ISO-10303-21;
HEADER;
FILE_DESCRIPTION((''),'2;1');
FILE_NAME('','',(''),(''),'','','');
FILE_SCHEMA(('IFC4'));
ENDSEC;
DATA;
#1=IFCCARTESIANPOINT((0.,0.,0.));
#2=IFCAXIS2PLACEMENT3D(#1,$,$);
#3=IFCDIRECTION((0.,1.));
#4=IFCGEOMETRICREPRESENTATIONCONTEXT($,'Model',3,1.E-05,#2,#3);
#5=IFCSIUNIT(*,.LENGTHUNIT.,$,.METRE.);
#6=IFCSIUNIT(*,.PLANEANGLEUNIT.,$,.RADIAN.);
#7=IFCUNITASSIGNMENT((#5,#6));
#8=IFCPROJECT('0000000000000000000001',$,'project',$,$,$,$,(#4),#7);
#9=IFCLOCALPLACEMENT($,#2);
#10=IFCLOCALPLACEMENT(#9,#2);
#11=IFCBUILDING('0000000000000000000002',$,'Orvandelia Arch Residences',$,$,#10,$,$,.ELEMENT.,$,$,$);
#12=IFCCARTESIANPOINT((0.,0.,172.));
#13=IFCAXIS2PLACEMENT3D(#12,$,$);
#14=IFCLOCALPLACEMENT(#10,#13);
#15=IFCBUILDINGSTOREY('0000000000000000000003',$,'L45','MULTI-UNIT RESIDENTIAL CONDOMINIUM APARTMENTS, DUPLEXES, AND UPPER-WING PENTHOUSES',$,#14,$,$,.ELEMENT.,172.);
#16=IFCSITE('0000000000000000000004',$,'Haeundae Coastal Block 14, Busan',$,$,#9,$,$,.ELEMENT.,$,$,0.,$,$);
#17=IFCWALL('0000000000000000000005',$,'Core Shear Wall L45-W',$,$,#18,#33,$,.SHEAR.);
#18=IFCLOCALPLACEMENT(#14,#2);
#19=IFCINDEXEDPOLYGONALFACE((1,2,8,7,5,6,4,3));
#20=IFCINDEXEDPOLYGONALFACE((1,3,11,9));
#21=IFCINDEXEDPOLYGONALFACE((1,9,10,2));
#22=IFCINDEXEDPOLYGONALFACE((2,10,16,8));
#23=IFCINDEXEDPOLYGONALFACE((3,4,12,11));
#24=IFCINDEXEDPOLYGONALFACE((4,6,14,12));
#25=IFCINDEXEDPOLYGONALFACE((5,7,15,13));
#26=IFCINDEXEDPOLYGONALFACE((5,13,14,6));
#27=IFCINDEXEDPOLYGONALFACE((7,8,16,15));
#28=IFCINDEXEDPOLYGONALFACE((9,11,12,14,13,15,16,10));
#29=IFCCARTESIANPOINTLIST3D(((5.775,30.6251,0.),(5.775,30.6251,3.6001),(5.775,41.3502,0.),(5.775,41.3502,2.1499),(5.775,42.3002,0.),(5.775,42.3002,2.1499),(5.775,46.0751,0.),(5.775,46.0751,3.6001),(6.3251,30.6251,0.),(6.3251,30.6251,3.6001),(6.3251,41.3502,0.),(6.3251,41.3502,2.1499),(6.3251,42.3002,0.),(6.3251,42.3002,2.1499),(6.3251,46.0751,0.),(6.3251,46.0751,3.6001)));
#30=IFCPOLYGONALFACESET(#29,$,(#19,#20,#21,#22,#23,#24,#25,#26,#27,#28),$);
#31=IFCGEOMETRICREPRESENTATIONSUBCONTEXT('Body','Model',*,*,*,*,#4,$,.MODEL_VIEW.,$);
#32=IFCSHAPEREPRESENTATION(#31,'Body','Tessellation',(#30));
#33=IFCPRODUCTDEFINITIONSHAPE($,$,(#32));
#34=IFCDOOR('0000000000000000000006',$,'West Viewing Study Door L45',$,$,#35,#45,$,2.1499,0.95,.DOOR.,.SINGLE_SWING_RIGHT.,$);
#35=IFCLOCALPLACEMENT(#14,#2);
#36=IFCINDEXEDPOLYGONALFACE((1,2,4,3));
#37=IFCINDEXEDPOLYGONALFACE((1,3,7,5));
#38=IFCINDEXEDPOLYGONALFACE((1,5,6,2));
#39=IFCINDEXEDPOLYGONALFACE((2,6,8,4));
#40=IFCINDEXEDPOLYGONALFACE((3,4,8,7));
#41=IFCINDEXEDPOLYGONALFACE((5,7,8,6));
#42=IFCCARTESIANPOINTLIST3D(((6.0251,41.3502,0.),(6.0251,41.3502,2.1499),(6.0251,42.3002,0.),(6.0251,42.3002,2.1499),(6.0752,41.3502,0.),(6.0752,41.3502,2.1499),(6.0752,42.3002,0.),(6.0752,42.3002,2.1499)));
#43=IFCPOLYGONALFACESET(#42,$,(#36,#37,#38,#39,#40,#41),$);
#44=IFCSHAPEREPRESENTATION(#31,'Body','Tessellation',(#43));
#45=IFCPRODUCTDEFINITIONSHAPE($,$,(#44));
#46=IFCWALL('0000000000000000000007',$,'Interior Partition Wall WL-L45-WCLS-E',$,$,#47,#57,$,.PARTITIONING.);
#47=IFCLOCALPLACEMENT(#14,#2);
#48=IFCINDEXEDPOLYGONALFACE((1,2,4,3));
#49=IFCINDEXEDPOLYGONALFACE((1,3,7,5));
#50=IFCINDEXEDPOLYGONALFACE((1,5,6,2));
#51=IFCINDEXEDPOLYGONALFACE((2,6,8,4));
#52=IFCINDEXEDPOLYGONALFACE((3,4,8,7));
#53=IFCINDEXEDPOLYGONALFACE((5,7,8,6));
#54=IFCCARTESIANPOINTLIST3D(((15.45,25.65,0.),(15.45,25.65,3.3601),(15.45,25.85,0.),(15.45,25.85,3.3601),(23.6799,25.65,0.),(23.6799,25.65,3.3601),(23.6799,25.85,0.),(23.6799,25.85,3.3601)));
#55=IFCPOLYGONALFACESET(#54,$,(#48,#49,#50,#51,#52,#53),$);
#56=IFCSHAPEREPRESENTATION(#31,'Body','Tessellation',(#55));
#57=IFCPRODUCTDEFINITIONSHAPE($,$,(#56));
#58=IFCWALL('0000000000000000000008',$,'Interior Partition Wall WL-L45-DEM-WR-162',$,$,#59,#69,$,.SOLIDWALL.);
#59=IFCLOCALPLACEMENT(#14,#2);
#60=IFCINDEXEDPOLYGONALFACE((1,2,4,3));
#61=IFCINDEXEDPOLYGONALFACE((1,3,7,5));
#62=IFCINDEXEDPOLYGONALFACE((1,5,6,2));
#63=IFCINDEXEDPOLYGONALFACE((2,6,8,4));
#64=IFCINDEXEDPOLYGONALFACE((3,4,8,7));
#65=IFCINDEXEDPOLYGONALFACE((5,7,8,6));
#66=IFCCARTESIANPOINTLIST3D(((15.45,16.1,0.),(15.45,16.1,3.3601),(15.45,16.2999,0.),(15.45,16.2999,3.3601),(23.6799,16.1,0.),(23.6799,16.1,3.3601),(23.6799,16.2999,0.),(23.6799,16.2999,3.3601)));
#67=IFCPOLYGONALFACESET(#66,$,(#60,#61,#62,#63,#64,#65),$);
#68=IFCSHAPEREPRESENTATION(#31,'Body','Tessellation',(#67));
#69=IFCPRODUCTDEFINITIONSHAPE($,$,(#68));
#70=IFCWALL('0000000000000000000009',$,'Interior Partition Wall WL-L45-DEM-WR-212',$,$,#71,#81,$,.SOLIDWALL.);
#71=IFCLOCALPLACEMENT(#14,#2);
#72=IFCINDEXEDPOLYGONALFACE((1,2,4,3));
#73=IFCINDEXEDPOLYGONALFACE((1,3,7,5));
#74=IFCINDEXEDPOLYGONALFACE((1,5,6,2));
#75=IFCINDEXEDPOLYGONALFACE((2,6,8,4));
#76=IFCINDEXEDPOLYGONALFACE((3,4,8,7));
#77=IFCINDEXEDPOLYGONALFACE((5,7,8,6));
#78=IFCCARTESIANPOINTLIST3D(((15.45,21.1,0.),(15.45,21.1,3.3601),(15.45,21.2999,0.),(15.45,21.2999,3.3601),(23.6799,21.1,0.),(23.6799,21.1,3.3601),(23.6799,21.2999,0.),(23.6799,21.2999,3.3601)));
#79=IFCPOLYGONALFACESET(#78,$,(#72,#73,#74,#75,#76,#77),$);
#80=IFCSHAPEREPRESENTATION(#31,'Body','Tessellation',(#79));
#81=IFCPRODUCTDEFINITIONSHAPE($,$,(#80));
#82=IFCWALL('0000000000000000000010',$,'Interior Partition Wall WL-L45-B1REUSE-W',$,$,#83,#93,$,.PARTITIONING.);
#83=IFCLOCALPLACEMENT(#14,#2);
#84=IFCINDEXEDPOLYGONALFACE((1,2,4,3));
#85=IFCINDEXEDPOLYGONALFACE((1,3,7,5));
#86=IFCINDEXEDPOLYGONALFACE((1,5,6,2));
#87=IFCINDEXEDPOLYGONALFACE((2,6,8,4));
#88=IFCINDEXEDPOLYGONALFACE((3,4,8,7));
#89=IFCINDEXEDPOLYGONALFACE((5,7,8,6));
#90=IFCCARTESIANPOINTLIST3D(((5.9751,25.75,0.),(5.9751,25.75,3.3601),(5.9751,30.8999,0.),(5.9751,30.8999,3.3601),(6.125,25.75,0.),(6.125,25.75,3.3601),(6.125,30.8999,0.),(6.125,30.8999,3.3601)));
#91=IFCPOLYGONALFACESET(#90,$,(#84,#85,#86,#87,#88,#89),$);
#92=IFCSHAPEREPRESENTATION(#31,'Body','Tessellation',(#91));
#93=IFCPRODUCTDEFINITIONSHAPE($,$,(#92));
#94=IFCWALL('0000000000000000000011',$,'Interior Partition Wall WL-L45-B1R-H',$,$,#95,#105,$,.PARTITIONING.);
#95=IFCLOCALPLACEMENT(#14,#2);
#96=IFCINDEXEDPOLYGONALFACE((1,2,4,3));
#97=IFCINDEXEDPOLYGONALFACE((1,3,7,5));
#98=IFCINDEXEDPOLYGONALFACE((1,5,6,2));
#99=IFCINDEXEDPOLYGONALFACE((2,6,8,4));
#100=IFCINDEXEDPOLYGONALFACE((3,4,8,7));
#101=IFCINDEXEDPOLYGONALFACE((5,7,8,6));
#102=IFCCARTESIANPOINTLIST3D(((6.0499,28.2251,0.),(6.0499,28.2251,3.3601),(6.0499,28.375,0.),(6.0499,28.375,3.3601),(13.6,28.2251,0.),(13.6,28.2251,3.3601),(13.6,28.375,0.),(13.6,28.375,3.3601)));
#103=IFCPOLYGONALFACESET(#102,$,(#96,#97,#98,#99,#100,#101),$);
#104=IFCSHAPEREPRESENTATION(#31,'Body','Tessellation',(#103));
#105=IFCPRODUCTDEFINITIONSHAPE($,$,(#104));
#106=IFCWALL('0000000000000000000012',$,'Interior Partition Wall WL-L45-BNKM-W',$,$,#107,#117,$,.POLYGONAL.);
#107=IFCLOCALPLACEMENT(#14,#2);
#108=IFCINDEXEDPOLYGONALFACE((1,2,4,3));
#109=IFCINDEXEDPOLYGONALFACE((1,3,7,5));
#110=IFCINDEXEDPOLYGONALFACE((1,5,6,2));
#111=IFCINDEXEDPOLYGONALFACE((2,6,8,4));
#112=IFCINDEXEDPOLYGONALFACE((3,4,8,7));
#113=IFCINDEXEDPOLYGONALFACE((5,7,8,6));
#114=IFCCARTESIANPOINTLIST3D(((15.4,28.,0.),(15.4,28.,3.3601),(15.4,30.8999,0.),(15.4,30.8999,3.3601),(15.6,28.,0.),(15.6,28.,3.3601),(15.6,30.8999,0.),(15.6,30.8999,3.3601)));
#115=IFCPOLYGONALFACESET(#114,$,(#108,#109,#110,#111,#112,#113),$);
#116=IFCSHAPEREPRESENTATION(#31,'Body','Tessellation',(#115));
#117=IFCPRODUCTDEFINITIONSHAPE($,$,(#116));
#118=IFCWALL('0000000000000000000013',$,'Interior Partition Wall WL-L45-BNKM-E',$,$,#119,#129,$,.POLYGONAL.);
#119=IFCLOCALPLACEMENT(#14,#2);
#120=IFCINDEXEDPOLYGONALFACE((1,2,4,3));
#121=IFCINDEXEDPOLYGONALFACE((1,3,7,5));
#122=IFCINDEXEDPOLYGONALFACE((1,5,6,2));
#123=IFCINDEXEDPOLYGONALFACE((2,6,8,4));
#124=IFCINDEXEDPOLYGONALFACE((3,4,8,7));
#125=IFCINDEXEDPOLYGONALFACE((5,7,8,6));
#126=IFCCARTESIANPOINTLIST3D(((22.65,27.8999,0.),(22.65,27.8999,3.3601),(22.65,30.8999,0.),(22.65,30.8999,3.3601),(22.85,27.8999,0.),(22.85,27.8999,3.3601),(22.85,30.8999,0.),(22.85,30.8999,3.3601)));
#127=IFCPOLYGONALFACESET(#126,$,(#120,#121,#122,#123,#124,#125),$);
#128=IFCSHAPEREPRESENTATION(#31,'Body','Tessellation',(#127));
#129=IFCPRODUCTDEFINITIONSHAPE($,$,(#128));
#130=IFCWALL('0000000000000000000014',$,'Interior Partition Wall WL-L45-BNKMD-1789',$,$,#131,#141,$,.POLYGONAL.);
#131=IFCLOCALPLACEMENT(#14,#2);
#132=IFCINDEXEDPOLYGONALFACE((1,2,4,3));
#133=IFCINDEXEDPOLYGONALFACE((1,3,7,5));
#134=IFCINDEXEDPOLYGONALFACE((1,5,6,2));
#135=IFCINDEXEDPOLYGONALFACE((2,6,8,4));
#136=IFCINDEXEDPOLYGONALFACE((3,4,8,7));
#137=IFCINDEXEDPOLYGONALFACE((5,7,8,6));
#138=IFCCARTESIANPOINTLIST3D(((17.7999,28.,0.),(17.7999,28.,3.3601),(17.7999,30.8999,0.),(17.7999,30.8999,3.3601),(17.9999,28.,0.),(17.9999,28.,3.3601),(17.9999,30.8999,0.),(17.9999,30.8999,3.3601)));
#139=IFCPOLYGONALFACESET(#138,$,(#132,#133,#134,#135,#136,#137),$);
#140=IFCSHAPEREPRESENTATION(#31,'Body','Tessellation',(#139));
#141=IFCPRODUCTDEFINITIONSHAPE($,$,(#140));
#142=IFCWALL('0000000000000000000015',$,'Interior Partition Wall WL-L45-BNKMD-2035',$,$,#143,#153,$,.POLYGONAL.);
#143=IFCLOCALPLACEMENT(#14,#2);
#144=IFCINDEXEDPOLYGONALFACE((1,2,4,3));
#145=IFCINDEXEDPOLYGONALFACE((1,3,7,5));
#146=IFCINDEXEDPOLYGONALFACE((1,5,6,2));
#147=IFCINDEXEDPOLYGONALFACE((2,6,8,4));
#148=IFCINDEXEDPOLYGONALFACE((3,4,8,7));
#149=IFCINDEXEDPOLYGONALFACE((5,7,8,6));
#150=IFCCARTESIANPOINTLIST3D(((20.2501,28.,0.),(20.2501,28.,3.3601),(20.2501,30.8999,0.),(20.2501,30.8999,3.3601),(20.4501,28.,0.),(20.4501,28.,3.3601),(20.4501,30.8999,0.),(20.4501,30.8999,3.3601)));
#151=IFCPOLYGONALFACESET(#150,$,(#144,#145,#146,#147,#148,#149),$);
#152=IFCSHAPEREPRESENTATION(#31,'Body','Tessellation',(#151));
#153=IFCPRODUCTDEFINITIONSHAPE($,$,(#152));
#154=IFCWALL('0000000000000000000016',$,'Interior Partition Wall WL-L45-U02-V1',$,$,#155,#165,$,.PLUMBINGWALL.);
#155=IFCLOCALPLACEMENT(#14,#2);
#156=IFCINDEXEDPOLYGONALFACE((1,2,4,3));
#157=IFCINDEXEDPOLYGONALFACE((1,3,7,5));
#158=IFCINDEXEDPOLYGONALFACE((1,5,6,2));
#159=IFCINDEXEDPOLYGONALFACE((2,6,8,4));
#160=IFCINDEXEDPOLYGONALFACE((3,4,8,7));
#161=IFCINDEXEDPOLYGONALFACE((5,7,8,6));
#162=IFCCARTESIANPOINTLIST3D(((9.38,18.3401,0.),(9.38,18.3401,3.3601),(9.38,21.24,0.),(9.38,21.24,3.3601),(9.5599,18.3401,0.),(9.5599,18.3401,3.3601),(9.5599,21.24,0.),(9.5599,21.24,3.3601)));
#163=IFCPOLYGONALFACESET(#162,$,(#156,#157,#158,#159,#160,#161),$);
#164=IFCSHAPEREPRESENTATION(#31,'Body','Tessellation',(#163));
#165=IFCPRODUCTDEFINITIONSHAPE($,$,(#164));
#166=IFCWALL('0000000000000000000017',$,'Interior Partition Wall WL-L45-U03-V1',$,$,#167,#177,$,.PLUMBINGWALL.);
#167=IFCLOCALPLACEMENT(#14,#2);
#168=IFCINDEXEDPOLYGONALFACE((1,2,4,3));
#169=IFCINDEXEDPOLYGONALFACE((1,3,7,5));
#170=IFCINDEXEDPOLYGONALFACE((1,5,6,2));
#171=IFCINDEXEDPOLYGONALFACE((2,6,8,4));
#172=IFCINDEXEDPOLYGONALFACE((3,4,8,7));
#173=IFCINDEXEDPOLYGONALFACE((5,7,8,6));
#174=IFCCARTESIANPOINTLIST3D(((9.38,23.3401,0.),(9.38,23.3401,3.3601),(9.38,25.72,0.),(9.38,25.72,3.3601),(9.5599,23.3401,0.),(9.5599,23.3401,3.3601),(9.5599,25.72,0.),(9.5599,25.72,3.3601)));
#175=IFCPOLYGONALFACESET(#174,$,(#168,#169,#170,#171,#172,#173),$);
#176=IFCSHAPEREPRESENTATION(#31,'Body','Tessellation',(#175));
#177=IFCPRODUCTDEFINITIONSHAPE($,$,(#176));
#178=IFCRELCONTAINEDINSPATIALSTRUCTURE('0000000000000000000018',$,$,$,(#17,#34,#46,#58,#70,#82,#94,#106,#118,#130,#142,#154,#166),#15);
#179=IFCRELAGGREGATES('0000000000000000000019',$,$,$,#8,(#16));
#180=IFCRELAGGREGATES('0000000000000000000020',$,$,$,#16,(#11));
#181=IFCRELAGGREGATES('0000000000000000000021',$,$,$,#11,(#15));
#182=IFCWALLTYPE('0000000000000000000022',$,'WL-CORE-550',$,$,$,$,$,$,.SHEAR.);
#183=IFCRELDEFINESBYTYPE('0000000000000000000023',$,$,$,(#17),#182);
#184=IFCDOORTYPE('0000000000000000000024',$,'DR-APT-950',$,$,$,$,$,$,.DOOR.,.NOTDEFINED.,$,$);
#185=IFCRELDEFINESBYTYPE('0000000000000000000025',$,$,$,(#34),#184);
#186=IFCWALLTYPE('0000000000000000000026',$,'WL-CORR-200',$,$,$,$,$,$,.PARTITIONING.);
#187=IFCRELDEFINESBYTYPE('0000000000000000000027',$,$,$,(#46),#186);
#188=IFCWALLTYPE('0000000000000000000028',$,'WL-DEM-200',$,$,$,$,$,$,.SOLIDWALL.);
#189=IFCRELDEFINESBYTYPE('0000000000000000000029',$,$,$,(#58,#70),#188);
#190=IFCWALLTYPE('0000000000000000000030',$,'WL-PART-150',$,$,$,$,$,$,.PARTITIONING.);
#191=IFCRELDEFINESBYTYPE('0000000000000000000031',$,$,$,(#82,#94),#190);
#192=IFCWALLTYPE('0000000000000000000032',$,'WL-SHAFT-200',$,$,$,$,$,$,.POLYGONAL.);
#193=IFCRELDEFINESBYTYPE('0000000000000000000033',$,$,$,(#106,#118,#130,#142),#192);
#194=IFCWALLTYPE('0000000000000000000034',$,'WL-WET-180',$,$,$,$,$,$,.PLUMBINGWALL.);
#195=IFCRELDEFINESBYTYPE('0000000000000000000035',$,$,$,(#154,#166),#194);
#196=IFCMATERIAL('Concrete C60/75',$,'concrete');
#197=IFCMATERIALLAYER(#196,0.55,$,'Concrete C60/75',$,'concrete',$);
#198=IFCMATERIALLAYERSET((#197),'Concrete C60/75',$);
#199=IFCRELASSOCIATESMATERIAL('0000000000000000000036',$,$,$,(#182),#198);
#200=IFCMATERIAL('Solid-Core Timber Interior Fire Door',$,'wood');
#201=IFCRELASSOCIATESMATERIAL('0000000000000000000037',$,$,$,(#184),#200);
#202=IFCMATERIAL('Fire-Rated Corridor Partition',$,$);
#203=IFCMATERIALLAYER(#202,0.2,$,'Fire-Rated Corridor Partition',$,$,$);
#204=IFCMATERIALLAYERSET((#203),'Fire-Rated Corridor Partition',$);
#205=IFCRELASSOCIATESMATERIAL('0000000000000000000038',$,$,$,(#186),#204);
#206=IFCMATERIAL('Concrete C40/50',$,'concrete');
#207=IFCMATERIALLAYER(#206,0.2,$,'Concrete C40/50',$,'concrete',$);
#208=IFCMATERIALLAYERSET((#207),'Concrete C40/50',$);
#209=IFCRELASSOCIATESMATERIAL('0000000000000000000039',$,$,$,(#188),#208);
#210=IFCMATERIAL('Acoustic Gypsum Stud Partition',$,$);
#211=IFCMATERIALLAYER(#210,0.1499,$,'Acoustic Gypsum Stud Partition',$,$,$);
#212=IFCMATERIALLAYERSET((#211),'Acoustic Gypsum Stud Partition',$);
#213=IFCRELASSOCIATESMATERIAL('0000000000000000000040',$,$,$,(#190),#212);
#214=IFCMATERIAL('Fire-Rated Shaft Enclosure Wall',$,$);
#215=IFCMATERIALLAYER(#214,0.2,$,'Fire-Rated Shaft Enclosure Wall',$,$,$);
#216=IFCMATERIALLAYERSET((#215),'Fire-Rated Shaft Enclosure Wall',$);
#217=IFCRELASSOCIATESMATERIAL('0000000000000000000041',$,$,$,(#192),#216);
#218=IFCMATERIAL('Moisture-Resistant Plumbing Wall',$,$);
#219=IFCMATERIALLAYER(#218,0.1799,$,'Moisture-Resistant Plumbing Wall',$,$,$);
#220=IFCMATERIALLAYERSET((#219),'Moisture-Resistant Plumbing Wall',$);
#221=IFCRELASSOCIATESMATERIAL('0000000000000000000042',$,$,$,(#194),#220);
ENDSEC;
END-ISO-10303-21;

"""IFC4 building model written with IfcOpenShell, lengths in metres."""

from ifc_helpers import new_model, si_unit, direction, frame, frame_2d, origin, place, context, subcontext, project, spatial, rectangle, extrude, material, layer, layer_set, type_object, element, fill, save


model = new_model("IFC4")

# Units and contexts
model_context = context("Model", 3, precision=1e-05, world=origin(), true_north=direction((0.0, 1.0)))
body_context = subcontext(model_context, "Body", "Model", "MODEL_VIEW")
ifc_project = project(units=[si_unit("LENGTHUNIT", "METRE"), si_unit("PLANEANGLEUNIT", "RADIAN")], contexts=[model_context])

# Site, building, storey
site_placement = place(None, origin())
site = spatial("IfcSite", under=ifc_project, at=site_placement, Name="Haeundae Coastal Block 14, Busan", CompositionType="ELEMENT", RefElevation=0.0)
building_placement = place(site_placement, origin())
building = spatial("IfcBuilding", under=site, at=building_placement, Name="Orvandelia Arch Residences", CompositionType="ELEMENT")
storey_placement = place(building_placement, frame((0.0, 0.0, 172.0)))
storey = spatial("IfcBuildingStorey", under=building, at=storey_placement, Name="L45", Description="MULTI-UNIT RESIDENTIAL CONDOMINIUM APARTMENTS, DUPLEXES, AND UPPER-WING PENTHOUSES", CompositionType="ELEMENT", Elevation=172.0)

# Wall, opening, door
ifc_material_1 = material(Name="Concrete C60/75", Category="concrete")
ifc_layer_1 = layer(ifc_material_1, 0.55, Name="Concrete C60/75", Category="concrete")
ifc_layer_set_1 = layer_set([ifc_layer_1], Name="Concrete C60/75")
wall_type_1 = type_object("IfcWallType", Name="WL-CORE-550", PredefinedType="SHEAR", material=ifc_layer_set_1)
wall_1_placement = place(storey_placement, frame((6.05, 30.625, 0.0), z_axis=(0.0, 0.0, 1.0), x_axis=(0.0, 1.0, 0.0)))
wall_1 = element("IfcWall", 1, at=wall_1_placement, inside=storey, type_object=wall_type_1, Name="Core Shear Wall L45-W", PredefinedType="SHEAR", context=body_context, shape_type="SweptSolid", body=[
    extrude(rectangle(XDim=15.45, YDim=0.55, at=frame_2d((7.7251, 0.0))), origin(), (0.0, 0.0, 1.0), 3.6001),
])
opening_1_placement = place(wall_1_placement, frame((10.7251, 0.0, 0.0)))
opening_1 = element("IfcOpeningElement", 2, at=opening_1_placement, cuts=wall_1, PredefinedType="OPENING", context=body_context, shape_type="SweptSolid", body=[
    extrude(rectangle(XDim=0.95, YDim=2.1499, at=frame_2d((0.4751, 1.075))), frame((0.0, 0.2852, 0.0), z_axis=(0.0, -1.0, 0.0), x_axis=(1.0, 0.0, 0.0)), (0.0, 0.0, 1.0), 0.5701),
])
ifc_material_2 = material(Name="Solid-Core Timber Interior Fire Door", Category="wood")
door_type_1 = type_object("IfcDoorType", Name="DR-APT-950", OperationType="NOTDEFINED", PredefinedType="DOOR", material=ifc_material_2)
door_1_placement = place(opening_1_placement, origin())
door_1 = element("IfcDoor", 3, at=door_1_placement, inside=storey, type_object=door_type_1, Name="West Viewing Study Door L45", OperationType="SINGLE_SWING_RIGHT", OverallHeight=2.1499, OverallWidth=0.95, PredefinedType="DOOR", context=body_context, shape_type="SweptSolid", body=[
    extrude(rectangle(XDim=0.95, YDim=2.1499, at=frame_2d((0.4751, 1.075))), frame((0.0, 0.0249, 0.0), z_axis=(0.0, -1.0, 0.0), x_axis=(1.0, 0.0, 0.0)), (0.0, 0.0, 1.0), 0.05),
])
fill(opening_1, door_1)

# Walls
ifc_material_3 = material(Name="Fire-Rated Corridor Partition")
ifc_layer_2 = layer(ifc_material_3, 0.2, Name="Fire-Rated Corridor Partition")
ifc_layer_set_2 = layer_set([ifc_layer_2], Name="Fire-Rated Corridor Partition")
wall_type_2 = type_object("IfcWallType", Name="WL-CORR-200", PredefinedType="PARTITIONING", material=ifc_layer_set_2)
wall_2_placement = place(storey_placement, frame((15.45, 25.75, 0.0), z_axis=(0.0, 0.0, 1.0), x_axis=(1.0, 0.0, 0.0)))
element("IfcWall", 4, at=wall_2_placement, inside=storey, type_object=wall_type_2, Name="Interior Partition Wall WL-L45-WCLS-E", PredefinedType="PARTITIONING", context=body_context, shape_type="SweptSolid", body=[
    extrude(rectangle(XDim=8.23, YDim=0.2, at=frame_2d((4.115, 0.0))), origin(), (0.0, 0.0, 1.0), 3.3601),
])
ifc_material_4 = material(Name="Concrete C40/50", Category="concrete")
ifc_layer_3 = layer(ifc_material_4, 0.2, Name="Concrete C40/50", Category="concrete")
ifc_layer_set_3 = layer_set([ifc_layer_3], Name="Concrete C40/50")
wall_type_3 = type_object("IfcWallType", Name="WL-DEM-200", PredefinedType="SOLIDWALL", material=ifc_layer_set_3)
for number, where, z_axis, x_axis, name in (
    (5, (15.45, 16.2, 0.0), (0.0, 0.0, 1.0), (1.0, 0.0, 0.0), "Interior Partition Wall WL-L45-DEM-WR-162"),
    (6, (15.45, 21.2, 0.0), (0.0, 0.0, 1.0), (1.0, 0.0, 0.0), "Interior Partition Wall WL-L45-DEM-WR-212"),
):
    element("IfcWall", number, at=place(storey_placement, frame(where, z_axis=z_axis, x_axis=x_axis)), inside=storey, type_object=wall_type_3, Name=name, PredefinedType="SOLIDWALL", context=body_context, shape_type="SweptSolid", body=[
        extrude(rectangle(XDim=8.23, YDim=0.2, at=frame_2d((4.115, 0.0))), origin(), (0.0, 0.0, 1.0), 3.3601),
    ])
ifc_material_5 = material(Name="Acoustic Gypsum Stud Partition")
ifc_layer_4 = layer(ifc_material_5, 0.1499, Name="Acoustic Gypsum Stud Partition")
ifc_layer_set_4 = layer_set([ifc_layer_4], Name="Acoustic Gypsum Stud Partition")
wall_type_4 = type_object("IfcWallType", Name="WL-PART-150", PredefinedType="PARTITIONING", material=ifc_layer_set_4)
wall_3_placement = place(storey_placement, frame((6.05, 25.75, 0.0), z_axis=(0.0, 0.0, 1.0), x_axis=(0.0, 1.0, 0.0)))
element("IfcWall", 7, at=wall_3_placement, inside=storey, type_object=wall_type_4, Name="Interior Partition Wall WL-L45-B1REUSE-W", PredefinedType="PARTITIONING", context=body_context, shape_type="SweptSolid", body=[
    extrude(rectangle(XDim=5.1499, YDim=0.1499, at=frame_2d((2.575, 0.0))), origin(), (0.0, 0.0, 1.0), 3.3601),
])
wall_4_placement = place(storey_placement, frame((6.05, 28.3, 0.0), z_axis=(0.0, 0.0, 1.0), x_axis=(1.0, 0.0, 0.0)))
element("IfcWall", 8, at=wall_4_placement, inside=storey, type_object=wall_type_4, Name="Interior Partition Wall WL-L45-B1R-H", PredefinedType="PARTITIONING", context=body_context, shape_type="SweptSolid", body=[
    extrude(rectangle(XDim=7.55, YDim=0.1499, at=frame_2d((3.7749, 0.0))), origin(), (0.0, 0.0, 1.0), 3.3601),
])

# Shared definitions
ifc_material_6 = material(Name="Fire-Rated Shaft Enclosure Wall")
ifc_layer_5 = layer(ifc_material_6, 0.2, Name="Fire-Rated Shaft Enclosure Wall")
ifc_layer_set_5 = layer_set([ifc_layer_5], Name="Fire-Rated Shaft Enclosure Wall")
wall_type_5 = type_object("IfcWallType", Name="WL-SHAFT-200", PredefinedType="POLYGONAL", material=ifc_layer_set_5)

# Walls
wall_5_placement = place(storey_placement, frame((15.5, 28.0, 0.0), z_axis=(0.0, 0.0, 1.0), x_axis=(0.0, 1.0, 0.0)))
element("IfcWall", 9, at=wall_5_placement, inside=storey, type_object=wall_type_5, Name="Interior Partition Wall WL-L45-BNKM-W", PredefinedType="POLYGONAL", context=body_context, shape_type="SweptSolid", body=[
    extrude(rectangle(XDim=2.8999, YDim=0.2, at=frame_2d((1.45, 0.0))), origin(), (0.0, 0.0, 1.0), 3.3601),
])
wall_6_placement = place(storey_placement, frame((22.75, 27.8999, 0.0), z_axis=(0.0, 0.0, 1.0), x_axis=(0.0, 1.0, 0.0)))
element("IfcWall", 10, at=wall_6_placement, inside=storey, type_object=wall_type_5, Name="Interior Partition Wall WL-L45-BNKM-E", PredefinedType="POLYGONAL", context=body_context, shape_type="SweptSolid", body=[
    extrude(rectangle(XDim=3.0, YDim=0.2, at=frame_2d((1.5, 0.0))), origin(), (0.0, 0.0, 1.0), 3.3601),
])
for number, where, z_axis, x_axis, name in (
    (11, (17.8999, 28.0, 0.0), (0.0, 0.0, 1.0), (0.0, 1.0, 0.0), "Interior Partition Wall WL-L45-BNKMD-1789"),
    (12, (20.3501, 28.0, 0.0), (0.0, 0.0, 1.0), (0.0, 1.0, 0.0), "Interior Partition Wall WL-L45-BNKMD-2035"),
):
    element("IfcWall", number, at=place(storey_placement, frame(where, z_axis=z_axis, x_axis=x_axis)), inside=storey, type_object=wall_type_5, Name=name, PredefinedType="POLYGONAL", context=body_context, shape_type="SweptSolid", body=[
        extrude(rectangle(XDim=2.8999, YDim=0.2, at=frame_2d((1.45, 0.0))), origin(), (0.0, 0.0, 1.0), 3.3601),
    ])
ifc_material_7 = material(Name="Moisture-Resistant Plumbing Wall")
ifc_layer_6 = layer(ifc_material_7, 0.1799, Name="Moisture-Resistant Plumbing Wall")
ifc_layer_set_6 = layer_set([ifc_layer_6], Name="Moisture-Resistant Plumbing Wall")
wall_type_6 = type_object("IfcWallType", Name="WL-WET-180", PredefinedType="PLUMBINGWALL", material=ifc_layer_set_6)
wall_7_placement = place(storey_placement, frame((9.47, 18.3401, 0.0), z_axis=(0.0, 0.0, 1.0), x_axis=(0.0, 1.0, 0.0)))
element("IfcWall", 13, at=wall_7_placement, inside=storey, type_object=wall_type_6, Name="Interior Partition Wall WL-L45-U02-V1", PredefinedType="PLUMBINGWALL", context=body_context, shape_type="SweptSolid", body=[
    extrude(rectangle(XDim=2.8999, YDim=0.1799, at=frame_2d((1.45, 0.0))), origin(), (0.0, 0.0, 1.0), 3.3601),
])
wall_8_placement = place(storey_placement, frame((9.47, 23.3401, 0.0), z_axis=(0.0, 0.0, 1.0), x_axis=(0.0, 1.0, 0.0)))
element("IfcWall", 14, at=wall_8_placement, inside=storey, type_object=wall_type_6, Name="Interior Partition Wall WL-L45-U03-V1", PredefinedType="PLUMBINGWALL", context=body_context, shape_type="SweptSolid", body=[
    extrude(rectangle(XDim=2.3799, YDim=0.1799, at=frame_2d((1.1899, 0.0))), origin(), (0.0, 0.0, 1.0), 3.3601),
])

save(model, "model.ifc")
